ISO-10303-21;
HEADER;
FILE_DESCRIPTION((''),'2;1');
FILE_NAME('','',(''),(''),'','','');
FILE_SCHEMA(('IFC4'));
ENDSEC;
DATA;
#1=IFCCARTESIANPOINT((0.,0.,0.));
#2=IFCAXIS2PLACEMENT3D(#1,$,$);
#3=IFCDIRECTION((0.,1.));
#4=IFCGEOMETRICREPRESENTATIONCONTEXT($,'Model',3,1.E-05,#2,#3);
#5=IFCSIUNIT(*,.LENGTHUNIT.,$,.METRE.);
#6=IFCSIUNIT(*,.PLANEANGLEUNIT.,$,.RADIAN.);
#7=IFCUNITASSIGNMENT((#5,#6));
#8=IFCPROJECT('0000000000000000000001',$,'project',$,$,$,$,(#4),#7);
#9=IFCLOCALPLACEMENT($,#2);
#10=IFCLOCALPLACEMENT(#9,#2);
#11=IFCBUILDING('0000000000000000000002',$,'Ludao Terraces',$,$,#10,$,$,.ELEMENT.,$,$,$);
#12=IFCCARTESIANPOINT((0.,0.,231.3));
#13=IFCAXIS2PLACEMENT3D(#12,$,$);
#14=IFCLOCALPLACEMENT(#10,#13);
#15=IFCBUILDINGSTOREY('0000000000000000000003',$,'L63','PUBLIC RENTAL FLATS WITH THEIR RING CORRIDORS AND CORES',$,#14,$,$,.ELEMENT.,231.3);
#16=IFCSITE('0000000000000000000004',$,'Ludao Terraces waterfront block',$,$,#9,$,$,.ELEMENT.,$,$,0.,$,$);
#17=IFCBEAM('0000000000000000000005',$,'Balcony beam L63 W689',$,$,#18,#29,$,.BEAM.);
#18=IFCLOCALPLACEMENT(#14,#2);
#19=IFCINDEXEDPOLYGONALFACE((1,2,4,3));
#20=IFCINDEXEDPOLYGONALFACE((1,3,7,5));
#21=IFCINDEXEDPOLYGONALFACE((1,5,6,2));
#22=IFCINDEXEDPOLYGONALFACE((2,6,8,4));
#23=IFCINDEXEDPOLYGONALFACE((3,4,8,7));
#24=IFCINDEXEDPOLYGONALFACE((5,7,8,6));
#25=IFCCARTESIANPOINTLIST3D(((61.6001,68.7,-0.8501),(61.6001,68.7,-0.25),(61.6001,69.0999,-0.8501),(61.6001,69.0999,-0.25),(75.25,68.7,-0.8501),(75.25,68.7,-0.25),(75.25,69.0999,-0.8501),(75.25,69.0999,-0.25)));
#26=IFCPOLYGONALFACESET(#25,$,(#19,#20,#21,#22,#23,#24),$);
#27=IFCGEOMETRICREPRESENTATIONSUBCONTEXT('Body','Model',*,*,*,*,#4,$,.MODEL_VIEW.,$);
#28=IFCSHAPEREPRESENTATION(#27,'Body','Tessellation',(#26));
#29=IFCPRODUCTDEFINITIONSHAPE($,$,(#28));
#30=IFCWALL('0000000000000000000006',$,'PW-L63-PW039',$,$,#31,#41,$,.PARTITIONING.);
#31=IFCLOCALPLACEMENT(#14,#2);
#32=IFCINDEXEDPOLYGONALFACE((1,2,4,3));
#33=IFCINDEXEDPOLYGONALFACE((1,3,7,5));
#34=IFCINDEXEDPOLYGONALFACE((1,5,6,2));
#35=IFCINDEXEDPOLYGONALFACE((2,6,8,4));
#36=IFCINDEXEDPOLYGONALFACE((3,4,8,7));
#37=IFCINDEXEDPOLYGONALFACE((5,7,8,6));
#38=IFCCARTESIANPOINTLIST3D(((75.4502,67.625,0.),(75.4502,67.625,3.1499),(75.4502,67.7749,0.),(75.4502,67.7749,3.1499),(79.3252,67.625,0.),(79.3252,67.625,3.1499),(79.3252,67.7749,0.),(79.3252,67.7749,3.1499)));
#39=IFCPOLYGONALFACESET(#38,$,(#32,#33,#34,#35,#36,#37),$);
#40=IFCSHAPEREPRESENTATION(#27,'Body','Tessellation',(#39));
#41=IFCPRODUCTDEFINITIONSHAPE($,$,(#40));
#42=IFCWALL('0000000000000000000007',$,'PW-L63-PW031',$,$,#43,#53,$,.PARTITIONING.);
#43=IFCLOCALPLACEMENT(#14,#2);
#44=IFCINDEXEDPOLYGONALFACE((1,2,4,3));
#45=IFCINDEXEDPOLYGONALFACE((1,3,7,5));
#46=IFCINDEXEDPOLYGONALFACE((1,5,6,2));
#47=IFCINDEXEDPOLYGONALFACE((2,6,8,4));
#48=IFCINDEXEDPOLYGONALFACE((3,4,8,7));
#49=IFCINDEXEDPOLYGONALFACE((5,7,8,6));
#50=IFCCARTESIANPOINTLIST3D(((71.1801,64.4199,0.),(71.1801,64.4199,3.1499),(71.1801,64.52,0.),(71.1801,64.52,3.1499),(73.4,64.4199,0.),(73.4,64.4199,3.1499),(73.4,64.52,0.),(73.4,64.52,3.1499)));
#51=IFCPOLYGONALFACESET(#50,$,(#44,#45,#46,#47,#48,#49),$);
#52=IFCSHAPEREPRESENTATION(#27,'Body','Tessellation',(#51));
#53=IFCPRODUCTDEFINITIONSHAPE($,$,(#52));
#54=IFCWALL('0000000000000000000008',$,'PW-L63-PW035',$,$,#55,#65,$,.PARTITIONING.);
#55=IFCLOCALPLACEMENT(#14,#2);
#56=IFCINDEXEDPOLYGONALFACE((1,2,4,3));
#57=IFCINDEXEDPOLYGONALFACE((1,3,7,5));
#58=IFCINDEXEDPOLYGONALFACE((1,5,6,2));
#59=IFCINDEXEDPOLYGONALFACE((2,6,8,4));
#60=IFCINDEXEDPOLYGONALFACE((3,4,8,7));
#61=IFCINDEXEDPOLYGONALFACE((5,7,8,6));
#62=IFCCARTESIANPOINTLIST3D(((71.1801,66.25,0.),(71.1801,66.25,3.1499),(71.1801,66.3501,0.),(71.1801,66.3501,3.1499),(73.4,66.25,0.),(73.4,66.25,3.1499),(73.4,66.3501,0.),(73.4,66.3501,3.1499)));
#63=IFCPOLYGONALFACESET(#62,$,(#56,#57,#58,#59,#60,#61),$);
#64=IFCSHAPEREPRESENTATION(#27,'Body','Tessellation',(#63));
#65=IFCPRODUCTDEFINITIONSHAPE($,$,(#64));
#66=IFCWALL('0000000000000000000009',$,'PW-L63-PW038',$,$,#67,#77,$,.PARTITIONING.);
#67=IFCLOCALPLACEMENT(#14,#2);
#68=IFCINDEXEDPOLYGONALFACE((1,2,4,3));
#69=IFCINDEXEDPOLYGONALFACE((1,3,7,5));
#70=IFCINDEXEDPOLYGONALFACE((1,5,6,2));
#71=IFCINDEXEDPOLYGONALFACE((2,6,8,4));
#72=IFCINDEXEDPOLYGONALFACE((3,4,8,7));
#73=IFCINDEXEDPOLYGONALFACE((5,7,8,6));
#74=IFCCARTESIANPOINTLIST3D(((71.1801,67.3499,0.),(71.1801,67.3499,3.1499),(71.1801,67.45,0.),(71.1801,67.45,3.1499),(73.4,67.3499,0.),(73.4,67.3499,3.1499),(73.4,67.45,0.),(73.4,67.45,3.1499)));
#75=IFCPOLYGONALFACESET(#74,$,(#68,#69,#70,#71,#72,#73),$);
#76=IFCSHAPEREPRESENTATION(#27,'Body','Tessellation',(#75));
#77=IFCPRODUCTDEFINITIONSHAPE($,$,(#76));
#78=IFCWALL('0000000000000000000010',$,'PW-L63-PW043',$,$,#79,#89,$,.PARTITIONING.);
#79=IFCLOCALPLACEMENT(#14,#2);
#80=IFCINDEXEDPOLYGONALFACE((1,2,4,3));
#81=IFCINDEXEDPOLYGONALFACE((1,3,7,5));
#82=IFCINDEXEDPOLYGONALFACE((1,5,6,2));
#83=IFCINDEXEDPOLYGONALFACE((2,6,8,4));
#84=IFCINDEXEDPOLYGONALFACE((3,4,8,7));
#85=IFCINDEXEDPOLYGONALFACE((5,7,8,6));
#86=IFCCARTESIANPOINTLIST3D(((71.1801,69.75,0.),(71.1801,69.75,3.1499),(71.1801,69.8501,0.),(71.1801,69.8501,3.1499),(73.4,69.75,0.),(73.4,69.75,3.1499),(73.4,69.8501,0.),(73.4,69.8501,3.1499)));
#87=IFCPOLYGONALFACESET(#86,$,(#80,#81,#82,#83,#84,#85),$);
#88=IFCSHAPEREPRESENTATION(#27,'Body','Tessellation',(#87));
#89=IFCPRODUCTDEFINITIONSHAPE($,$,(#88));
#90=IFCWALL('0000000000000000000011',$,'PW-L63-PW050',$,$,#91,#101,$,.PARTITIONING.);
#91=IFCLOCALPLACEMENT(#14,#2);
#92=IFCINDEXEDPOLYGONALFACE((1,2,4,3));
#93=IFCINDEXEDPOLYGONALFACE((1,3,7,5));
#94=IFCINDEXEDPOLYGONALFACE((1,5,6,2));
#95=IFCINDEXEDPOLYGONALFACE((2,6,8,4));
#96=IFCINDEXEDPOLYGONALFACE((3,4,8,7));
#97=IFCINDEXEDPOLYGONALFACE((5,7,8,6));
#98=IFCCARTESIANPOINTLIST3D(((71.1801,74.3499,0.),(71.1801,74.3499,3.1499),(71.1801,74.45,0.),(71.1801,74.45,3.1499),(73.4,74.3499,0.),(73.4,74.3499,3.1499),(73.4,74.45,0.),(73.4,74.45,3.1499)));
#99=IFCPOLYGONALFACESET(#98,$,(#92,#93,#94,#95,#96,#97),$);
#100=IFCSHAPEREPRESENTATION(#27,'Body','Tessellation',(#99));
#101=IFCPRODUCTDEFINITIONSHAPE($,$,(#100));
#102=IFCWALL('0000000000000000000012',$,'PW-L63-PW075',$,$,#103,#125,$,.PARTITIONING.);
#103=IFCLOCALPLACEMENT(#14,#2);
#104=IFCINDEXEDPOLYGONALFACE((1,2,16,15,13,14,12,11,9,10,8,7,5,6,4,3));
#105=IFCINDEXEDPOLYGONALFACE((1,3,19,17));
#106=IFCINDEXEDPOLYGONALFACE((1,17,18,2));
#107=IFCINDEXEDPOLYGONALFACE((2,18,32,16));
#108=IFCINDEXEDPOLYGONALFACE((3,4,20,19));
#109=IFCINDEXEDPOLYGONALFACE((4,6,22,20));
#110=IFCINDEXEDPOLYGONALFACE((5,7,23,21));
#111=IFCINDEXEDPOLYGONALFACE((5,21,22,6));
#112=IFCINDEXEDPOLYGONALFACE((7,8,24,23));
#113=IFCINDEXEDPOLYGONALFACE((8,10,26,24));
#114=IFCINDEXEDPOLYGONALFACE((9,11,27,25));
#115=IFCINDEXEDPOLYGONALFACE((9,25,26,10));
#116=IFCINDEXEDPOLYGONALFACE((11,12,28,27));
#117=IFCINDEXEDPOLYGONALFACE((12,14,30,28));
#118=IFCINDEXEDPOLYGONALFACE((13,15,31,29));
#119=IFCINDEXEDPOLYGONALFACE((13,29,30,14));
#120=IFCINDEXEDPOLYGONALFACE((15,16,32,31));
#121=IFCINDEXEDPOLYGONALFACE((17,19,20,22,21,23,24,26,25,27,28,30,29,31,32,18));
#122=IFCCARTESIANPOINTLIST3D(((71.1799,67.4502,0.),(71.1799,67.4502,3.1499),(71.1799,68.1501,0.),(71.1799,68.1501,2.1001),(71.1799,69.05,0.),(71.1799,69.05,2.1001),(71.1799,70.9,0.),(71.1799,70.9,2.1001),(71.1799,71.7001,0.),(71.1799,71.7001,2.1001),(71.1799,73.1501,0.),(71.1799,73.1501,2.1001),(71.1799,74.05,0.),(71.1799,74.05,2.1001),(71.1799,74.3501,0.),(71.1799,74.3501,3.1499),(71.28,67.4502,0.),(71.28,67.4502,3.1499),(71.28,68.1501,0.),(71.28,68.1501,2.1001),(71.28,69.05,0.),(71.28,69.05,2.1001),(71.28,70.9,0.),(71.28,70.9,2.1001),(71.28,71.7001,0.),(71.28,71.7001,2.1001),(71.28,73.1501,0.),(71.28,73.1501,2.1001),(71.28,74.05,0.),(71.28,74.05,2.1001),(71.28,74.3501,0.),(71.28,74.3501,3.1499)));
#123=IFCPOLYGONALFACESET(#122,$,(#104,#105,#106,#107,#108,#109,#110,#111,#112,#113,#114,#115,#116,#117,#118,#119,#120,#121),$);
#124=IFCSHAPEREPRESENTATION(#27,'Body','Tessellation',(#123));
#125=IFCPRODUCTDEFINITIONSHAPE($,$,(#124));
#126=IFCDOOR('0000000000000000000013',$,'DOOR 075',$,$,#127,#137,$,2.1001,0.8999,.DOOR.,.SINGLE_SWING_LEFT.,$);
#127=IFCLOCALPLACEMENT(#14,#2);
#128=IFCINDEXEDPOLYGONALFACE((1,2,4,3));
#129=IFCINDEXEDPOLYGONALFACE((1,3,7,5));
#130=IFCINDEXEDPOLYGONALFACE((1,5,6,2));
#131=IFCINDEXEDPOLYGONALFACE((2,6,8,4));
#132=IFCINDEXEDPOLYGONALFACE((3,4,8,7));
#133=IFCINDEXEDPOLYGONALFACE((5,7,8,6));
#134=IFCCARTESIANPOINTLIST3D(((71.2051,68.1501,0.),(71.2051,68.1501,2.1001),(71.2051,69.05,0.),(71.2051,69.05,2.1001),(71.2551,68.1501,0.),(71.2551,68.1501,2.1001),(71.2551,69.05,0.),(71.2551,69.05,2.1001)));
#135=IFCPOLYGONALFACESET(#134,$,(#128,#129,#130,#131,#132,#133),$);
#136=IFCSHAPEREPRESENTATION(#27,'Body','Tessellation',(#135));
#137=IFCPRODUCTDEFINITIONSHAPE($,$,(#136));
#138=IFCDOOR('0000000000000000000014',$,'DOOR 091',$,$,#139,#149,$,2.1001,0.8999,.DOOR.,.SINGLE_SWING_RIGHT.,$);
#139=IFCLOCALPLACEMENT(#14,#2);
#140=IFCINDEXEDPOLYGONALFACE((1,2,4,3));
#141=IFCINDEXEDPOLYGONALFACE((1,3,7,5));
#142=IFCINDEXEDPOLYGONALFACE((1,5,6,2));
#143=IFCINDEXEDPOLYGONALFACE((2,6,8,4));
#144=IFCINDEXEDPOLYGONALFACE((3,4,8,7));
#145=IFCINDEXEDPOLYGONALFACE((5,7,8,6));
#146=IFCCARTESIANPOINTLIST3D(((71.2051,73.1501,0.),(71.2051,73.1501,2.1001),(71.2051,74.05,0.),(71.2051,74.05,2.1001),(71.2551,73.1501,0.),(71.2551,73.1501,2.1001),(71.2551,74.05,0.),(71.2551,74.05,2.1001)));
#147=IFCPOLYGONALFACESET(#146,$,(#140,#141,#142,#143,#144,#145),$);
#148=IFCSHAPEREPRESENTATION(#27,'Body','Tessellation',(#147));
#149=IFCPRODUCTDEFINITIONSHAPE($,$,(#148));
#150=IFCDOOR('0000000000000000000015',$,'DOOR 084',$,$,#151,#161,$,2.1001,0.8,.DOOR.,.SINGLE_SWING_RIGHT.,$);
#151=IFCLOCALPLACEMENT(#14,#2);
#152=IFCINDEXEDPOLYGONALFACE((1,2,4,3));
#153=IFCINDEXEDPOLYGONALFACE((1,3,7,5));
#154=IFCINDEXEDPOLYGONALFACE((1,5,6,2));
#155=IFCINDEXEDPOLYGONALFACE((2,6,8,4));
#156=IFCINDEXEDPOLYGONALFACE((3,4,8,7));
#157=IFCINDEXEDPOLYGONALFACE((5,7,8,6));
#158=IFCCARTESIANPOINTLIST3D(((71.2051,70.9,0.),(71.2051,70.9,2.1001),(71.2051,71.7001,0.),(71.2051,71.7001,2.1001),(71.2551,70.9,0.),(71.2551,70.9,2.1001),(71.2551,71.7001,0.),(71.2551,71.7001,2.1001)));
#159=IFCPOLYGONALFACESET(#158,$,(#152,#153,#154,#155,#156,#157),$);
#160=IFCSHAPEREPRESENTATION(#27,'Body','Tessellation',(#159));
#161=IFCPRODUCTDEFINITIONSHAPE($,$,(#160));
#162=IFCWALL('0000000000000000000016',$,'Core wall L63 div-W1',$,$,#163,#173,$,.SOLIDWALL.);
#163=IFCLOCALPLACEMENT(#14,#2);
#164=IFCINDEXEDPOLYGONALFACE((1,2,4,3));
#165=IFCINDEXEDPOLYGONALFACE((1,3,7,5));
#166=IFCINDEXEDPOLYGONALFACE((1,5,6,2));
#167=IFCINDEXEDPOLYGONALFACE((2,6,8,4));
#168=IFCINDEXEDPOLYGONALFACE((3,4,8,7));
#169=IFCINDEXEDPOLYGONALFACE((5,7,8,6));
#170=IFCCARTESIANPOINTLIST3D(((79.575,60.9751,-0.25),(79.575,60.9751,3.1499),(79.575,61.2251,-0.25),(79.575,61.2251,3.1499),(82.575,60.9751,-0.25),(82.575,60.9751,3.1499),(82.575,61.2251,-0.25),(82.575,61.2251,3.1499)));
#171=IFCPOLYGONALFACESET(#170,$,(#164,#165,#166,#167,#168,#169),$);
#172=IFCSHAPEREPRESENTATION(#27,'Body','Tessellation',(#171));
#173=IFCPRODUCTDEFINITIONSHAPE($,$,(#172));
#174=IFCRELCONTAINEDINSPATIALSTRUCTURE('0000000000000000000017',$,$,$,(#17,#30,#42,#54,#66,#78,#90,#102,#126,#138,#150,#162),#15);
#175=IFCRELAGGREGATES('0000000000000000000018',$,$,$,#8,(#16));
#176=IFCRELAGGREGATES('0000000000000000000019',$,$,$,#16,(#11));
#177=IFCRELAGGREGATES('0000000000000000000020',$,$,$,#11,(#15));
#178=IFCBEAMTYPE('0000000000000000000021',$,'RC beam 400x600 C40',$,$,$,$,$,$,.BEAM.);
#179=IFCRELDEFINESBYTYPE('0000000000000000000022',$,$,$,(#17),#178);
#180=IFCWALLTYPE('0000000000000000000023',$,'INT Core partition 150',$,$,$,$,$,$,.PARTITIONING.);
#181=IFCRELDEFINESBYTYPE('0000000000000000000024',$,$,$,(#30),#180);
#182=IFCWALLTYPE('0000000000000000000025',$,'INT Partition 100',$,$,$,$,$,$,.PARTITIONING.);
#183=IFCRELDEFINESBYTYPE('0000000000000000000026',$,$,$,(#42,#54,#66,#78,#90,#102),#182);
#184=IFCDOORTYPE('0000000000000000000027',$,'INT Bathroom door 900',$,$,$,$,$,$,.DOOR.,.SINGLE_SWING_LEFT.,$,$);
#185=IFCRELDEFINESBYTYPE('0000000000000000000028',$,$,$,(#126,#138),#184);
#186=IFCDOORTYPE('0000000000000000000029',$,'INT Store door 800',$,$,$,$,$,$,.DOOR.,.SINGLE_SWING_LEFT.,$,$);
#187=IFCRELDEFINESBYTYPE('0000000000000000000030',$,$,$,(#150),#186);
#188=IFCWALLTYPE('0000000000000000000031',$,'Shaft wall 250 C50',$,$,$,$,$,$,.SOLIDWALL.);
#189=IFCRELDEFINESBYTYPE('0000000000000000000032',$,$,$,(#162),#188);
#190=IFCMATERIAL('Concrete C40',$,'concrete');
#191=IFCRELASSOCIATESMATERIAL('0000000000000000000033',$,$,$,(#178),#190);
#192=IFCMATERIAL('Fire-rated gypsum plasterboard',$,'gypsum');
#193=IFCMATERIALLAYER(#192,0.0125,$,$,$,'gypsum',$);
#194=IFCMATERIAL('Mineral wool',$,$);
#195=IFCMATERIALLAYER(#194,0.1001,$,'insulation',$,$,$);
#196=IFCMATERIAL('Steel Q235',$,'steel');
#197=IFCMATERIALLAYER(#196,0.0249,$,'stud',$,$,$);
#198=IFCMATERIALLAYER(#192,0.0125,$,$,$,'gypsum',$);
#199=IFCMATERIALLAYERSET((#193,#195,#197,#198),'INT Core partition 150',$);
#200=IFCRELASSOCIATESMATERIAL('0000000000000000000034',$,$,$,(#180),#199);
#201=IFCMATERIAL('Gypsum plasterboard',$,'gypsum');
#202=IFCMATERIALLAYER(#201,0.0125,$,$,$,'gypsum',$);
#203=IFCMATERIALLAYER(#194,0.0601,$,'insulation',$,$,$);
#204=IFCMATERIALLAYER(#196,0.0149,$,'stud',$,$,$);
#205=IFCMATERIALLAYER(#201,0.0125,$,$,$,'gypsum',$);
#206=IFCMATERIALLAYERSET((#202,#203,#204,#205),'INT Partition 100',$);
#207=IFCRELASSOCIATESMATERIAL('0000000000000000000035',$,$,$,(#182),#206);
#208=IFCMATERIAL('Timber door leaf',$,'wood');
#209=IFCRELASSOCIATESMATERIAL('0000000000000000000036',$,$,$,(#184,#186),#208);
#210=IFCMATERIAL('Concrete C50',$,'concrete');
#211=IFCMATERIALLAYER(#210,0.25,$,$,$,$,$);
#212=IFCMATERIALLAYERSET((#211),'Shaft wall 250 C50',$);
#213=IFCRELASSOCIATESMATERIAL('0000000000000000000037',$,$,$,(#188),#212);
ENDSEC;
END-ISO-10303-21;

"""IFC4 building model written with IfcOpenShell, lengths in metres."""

from ifc_helpers import new_model, si_unit, direction, frame, frame_2d, origin, origin_2d, place, context, subcontext, project, spatial, rectangle, extrude, material, layer, layer_set, material_profile, profile_set, type_object, element, fill, save


model = new_model("IFC4")

# Units and contexts
model_context = context("Model", 3, precision=1e-05, world=origin(), true_north=direction((0.0, 1.0)))
body_context = subcontext(model_context, "Body", "Model", "MODEL_VIEW")
ifc_project = project(units=[si_unit("LENGTHUNIT", "METRE"), si_unit("PLANEANGLEUNIT", "RADIAN")], contexts=[model_context])

# Site, building, storey
site_placement = place(None, origin())
site = spatial("IfcSite", under=ifc_project, at=site_placement, Name="Ludao Terraces waterfront block", CompositionType="ELEMENT", RefElevation=0.0)
building_placement = place(site_placement, origin())
building = spatial("IfcBuilding", under=site, at=building_placement, Name="Ludao Terraces", CompositionType="ELEMENT")
storey_placement = place(building_placement, frame((0.0, 0.0, 231.3)))
storey = spatial("IfcBuildingStorey", under=building, at=storey_placement, Name="L63", Description="PUBLIC RENTAL FLATS WITH THEIR RING CORRIDORS AND CORES", CompositionType="ELEMENT", Elevation=231.3)

# Beam
ifc_material_1 = material(Name="Concrete C40", Category="concrete")
ifc_material_profile = material_profile(ifc_material_1, rectangle(XDim=0.3999, YDim=0.6001, at=origin_2d()), Name="400 X 600")
ifc_profile_set = profile_set([ifc_material_profile], Name="Concrete C40")
beam_type = type_object("IfcBeamType", Name="RC beam 400x600 C40", PredefinedType="BEAM", material=ifc_profile_set)
beam_placement = place(storey_placement, frame((75.25, 68.8999, -0.55), z_axis=(-1.0, 0.0, 0.0), x_axis=(0.0, -1.0, 0.0)))
element("IfcBeam", 1, at=beam_placement, inside=storey, type_object=beam_type, Name="Balcony beam L63 W689", PredefinedType="BEAM", context=body_context, shape_type="SweptSolid", body=[
    extrude(rectangle(XDim=0.3999, YDim=0.6001, at=origin_2d()), origin(), (0.0, 0.0, 1.0), 13.6499),
])

# Walls
ifc_material_2 = material(Name="Fire-rated gypsum plasterboard", Category="gypsum")
ifc_layer_1 = layer(ifc_material_2, 0.0125, Category="gypsum")
ifc_material_3 = material(Name="Mineral wool")
ifc_layer_2 = layer(ifc_material_3, 0.1001, Name="insulation")
ifc_material_4 = material(Name="Steel Q235", Category="steel")
ifc_layer_3 = layer(ifc_material_4, 0.0249, Name="stud")
ifc_layer_4 = layer(ifc_material_2, 0.0125, Category="gypsum")
ifc_layer_set_1 = layer_set([ifc_layer_1, ifc_layer_2, ifc_layer_3, ifc_layer_4], Name="INT Core partition 150")
wall_type_1 = type_object("IfcWallType", Name="INT Core partition 150", PredefinedType="PARTITIONING", material=ifc_layer_set_1)
wall_1_placement = place(storey_placement, frame((75.4502, 67.7, 0.0), z_axis=(0.0, 0.0, 1.0), x_axis=(1.0, 0.0, 0.0)))
element("IfcWall", 2, at=wall_1_placement, inside=storey, type_object=wall_type_1, Name="PW-L63-PW039", PredefinedType="PARTITIONING", context=body_context, shape_type="SweptSolid", body=[
    extrude(rectangle(XDim=3.875, YDim=0.1499, at=frame_2d((1.9375, 0.0))), origin(), (0.0, 0.0, 1.0), 3.1499),
])
ifc_material_5 = material(Name="Gypsum plasterboard", Category="gypsum")
ifc_layer_5 = layer(ifc_material_5, 0.0125, Category="gypsum")
ifc_layer_6 = layer(ifc_material_3, 0.0601, Name="insulation")
ifc_layer_7 = layer(ifc_material_4, 0.0149, Name="stud")
ifc_layer_8 = layer(ifc_material_5, 0.0125, Category="gypsum")
ifc_layer_set_2 = layer_set([ifc_layer_5, ifc_layer_6, ifc_layer_7, ifc_layer_8], Name="INT Partition 100")
wall_type_2 = type_object("IfcWallType", Name="INT Partition 100", PredefinedType="PARTITIONING", material=ifc_layer_set_2)
for number, where, z_axis, x_axis, name in (
    (3, (71.1802, 64.47, 0.0), (0.0, 0.0, 1.0), (1.0, 0.0, 0.0), "PW-L63-PW031"),
    (4, (71.1802, 66.3, 0.0), (0.0, 0.0, 1.0), (1.0, 0.0, 0.0), "PW-L63-PW035"),
    (5, (71.1802, 67.3999, 0.0), (0.0, 0.0, 1.0), (1.0, 0.0, 0.0), "PW-L63-PW038"),
    (6, (71.1802, 69.8, 0.0), (0.0, 0.0, 1.0), (1.0, 0.0, 0.0), "PW-L63-PW043"),
    (7, (71.1802, 74.3999, 0.0), (0.0, 0.0, 1.0), (1.0, 0.0, 0.0), "PW-L63-PW050"),
):
    element("IfcWall", number, at=place(storey_placement, frame(where, z_axis=z_axis, x_axis=x_axis)), inside=storey, type_object=wall_type_2, Name=name, PredefinedType="PARTITIONING", context=body_context, shape_type="SweptSolid", body=[
        extrude(rectangle(XDim=2.22, YDim=0.1001, at=frame_2d((1.1099, 0.0))), origin(), (0.0, 0.0, 1.0), 3.1499),
    ])

# Wall, openings, doors
wall_2_placement = place(storey_placement, frame((71.23, 67.4502, 0.0), z_axis=(0.0, 0.0, 1.0), x_axis=(0.0, 1.0, 0.0)))
wall_2 = element("IfcWall", 8, at=wall_2_placement, inside=storey, type_object=wall_type_2, Name="PW-L63-PW075", PredefinedType="PARTITIONING", context=body_context, shape_type="SweptSolid", body=[
    extrude(rectangle(XDim=6.8999, YDim=0.1001, at=frame_2d((3.45, 0.0))), origin(), (0.0, 0.0, 1.0), 3.1499),
])
opening_1_placement = place(wall_2_placement, frame((0.7, 0.0, 0.0)))
opening_1 = element("IfcOpeningElement", 9, at=opening_1_placement, cuts=wall_2, PredefinedType="OPENING", context=body_context, shape_type="SweptSolid", body=[
    extrude(rectangle(XDim=0.8999, YDim=2.1001, at=frame_2d((0.45, 1.05))), frame((0.0, 0.0601, 0.0), z_axis=(0.0, -1.0, 0.0), x_axis=(1.0, 0.0, 0.0)), (0.0, 0.0, 1.0), 0.1201),
])
opening_2_placement = place(wall_2_placement, frame((3.45, 0.0, 0.0)))
opening_2 = element("IfcOpeningElement", 10, at=opening_2_placement, cuts=wall_2, PredefinedType="OPENING", context=body_context, shape_type="SweptSolid", body=[
    extrude(rectangle(XDim=0.8, YDim=2.1001, at=frame_2d((0.3999, 1.05))), frame((0.0, 0.0601, 0.0), z_axis=(0.0, -1.0, 0.0), x_axis=(1.0, 0.0, 0.0)), (0.0, 0.0, 1.0), 0.1201),
])
opening_3_placement = place(wall_2_placement, frame((5.7, 0.0, 0.0)))
opening_3 = element("IfcOpeningElement", 11, at=opening_3_placement, cuts=wall_2, PredefinedType="OPENING", context=body_context, shape_type="SweptSolid", body=[
    extrude(rectangle(XDim=0.8999, YDim=2.1001, at=frame_2d((0.45, 1.05))), frame((0.0, 0.0601, 0.0), z_axis=(0.0, -1.0, 0.0), x_axis=(1.0, 0.0, 0.0)), (0.0, 0.0, 1.0), 0.1201),
])
ifc_material_6 = material(Name="Timber door leaf", Category="wood")
door_type_1 = type_object("IfcDoorType", Name="INT Bathroom door 900", OperationType="SINGLE_SWING_LEFT", PredefinedType="DOOR", material=ifc_material_6)
door_1_placement = place(opening_1_placement, origin())
door_1 = element("IfcDoor", 12, at=door_1_placement, inside=storey, type_object=door_type_1, Name="DOOR 075", OperationType="SINGLE_SWING_LEFT", OverallHeight=2.1001, OverallWidth=0.8999, PredefinedType="DOOR", context=body_context, shape_type="SweptSolid", body=[
    extrude(rectangle(XDim=0.8999, YDim=2.1001, at=frame_2d((0.45, 1.05))), frame((0.0, 0.0249, 0.0), z_axis=(0.0, -1.0, 0.0), x_axis=(1.0, 0.0, 0.0)), (0.0, 0.0, 1.0), 0.05),
])
fill(opening_1, door_1)
door_2_placement = place(opening_3_placement, origin())
door_2 = element("IfcDoor", 13, at=door_2_placement, inside=storey, type_object=door_type_1, Name="DOOR 091", OperationType="SINGLE_SWING_RIGHT", OverallHeight=2.1001, OverallWidth=0.8999, PredefinedType="DOOR", context=body_context, shape_type="SweptSolid", body=[
    extrude(rectangle(XDim=0.8999, YDim=2.1001, at=frame_2d((0.45, 1.05))), frame((0.0, 0.0249, 0.0), z_axis=(0.0, -1.0, 0.0), x_axis=(1.0, 0.0, 0.0)), (0.0, 0.0, 1.0), 0.05),
])
fill(opening_3, door_2)
door_type_2 = type_object("IfcDoorType", Name="INT Store door 800", OperationType="SINGLE_SWING_LEFT", PredefinedType="DOOR", material=ifc_material_6)
door_3_placement = place(opening_2_placement, origin())
door_3 = element("IfcDoor", 14, at=door_3_placement, inside=storey, type_object=door_type_2, Name="DOOR 084", OperationType="SINGLE_SWING_RIGHT", OverallHeight=2.1001, OverallWidth=0.8, PredefinedType="DOOR", context=body_context, shape_type="SweptSolid", body=[
    extrude(rectangle(XDim=0.8, YDim=2.1001, at=frame_2d((0.3999, 1.05))), frame((0.0, 0.0249, 0.0), z_axis=(0.0, -1.0, 0.0), x_axis=(1.0, 0.0, 0.0)), (0.0, 0.0, 1.0), 0.05),
])
fill(opening_2, door_3)

# Wall
ifc_material_7 = material(Name="Concrete C50", Category="concrete")
ifc_layer_9 = layer(ifc_material_7, 0.25)
ifc_layer_set_3 = layer_set([ifc_layer_9], Name="Shaft wall 250 C50")
wall_type_3 = type_object("IfcWallType", Name="Shaft wall 250 C50", PredefinedType="SOLIDWALL", material=ifc_layer_set_3)
wall_3_placement = place(storey_placement, frame((79.575, 61.1001, -0.25), z_axis=(0.0, 0.0, 1.0), x_axis=(1.0, 0.0, 0.0)))
element("IfcWall", 15, at=wall_3_placement, inside=storey, type_object=wall_type_3, Name="Core wall L63 div-W1", PredefinedType="SOLIDWALL", context=body_context, shape_type="SweptSolid", body=[
    extrude(rectangle(XDim=3.0, YDim=0.25, at=frame_2d((1.5, 0.0))), origin(), (0.0, 0.0, 1.0), 3.3999),
])

save(model, "model.ifc")
